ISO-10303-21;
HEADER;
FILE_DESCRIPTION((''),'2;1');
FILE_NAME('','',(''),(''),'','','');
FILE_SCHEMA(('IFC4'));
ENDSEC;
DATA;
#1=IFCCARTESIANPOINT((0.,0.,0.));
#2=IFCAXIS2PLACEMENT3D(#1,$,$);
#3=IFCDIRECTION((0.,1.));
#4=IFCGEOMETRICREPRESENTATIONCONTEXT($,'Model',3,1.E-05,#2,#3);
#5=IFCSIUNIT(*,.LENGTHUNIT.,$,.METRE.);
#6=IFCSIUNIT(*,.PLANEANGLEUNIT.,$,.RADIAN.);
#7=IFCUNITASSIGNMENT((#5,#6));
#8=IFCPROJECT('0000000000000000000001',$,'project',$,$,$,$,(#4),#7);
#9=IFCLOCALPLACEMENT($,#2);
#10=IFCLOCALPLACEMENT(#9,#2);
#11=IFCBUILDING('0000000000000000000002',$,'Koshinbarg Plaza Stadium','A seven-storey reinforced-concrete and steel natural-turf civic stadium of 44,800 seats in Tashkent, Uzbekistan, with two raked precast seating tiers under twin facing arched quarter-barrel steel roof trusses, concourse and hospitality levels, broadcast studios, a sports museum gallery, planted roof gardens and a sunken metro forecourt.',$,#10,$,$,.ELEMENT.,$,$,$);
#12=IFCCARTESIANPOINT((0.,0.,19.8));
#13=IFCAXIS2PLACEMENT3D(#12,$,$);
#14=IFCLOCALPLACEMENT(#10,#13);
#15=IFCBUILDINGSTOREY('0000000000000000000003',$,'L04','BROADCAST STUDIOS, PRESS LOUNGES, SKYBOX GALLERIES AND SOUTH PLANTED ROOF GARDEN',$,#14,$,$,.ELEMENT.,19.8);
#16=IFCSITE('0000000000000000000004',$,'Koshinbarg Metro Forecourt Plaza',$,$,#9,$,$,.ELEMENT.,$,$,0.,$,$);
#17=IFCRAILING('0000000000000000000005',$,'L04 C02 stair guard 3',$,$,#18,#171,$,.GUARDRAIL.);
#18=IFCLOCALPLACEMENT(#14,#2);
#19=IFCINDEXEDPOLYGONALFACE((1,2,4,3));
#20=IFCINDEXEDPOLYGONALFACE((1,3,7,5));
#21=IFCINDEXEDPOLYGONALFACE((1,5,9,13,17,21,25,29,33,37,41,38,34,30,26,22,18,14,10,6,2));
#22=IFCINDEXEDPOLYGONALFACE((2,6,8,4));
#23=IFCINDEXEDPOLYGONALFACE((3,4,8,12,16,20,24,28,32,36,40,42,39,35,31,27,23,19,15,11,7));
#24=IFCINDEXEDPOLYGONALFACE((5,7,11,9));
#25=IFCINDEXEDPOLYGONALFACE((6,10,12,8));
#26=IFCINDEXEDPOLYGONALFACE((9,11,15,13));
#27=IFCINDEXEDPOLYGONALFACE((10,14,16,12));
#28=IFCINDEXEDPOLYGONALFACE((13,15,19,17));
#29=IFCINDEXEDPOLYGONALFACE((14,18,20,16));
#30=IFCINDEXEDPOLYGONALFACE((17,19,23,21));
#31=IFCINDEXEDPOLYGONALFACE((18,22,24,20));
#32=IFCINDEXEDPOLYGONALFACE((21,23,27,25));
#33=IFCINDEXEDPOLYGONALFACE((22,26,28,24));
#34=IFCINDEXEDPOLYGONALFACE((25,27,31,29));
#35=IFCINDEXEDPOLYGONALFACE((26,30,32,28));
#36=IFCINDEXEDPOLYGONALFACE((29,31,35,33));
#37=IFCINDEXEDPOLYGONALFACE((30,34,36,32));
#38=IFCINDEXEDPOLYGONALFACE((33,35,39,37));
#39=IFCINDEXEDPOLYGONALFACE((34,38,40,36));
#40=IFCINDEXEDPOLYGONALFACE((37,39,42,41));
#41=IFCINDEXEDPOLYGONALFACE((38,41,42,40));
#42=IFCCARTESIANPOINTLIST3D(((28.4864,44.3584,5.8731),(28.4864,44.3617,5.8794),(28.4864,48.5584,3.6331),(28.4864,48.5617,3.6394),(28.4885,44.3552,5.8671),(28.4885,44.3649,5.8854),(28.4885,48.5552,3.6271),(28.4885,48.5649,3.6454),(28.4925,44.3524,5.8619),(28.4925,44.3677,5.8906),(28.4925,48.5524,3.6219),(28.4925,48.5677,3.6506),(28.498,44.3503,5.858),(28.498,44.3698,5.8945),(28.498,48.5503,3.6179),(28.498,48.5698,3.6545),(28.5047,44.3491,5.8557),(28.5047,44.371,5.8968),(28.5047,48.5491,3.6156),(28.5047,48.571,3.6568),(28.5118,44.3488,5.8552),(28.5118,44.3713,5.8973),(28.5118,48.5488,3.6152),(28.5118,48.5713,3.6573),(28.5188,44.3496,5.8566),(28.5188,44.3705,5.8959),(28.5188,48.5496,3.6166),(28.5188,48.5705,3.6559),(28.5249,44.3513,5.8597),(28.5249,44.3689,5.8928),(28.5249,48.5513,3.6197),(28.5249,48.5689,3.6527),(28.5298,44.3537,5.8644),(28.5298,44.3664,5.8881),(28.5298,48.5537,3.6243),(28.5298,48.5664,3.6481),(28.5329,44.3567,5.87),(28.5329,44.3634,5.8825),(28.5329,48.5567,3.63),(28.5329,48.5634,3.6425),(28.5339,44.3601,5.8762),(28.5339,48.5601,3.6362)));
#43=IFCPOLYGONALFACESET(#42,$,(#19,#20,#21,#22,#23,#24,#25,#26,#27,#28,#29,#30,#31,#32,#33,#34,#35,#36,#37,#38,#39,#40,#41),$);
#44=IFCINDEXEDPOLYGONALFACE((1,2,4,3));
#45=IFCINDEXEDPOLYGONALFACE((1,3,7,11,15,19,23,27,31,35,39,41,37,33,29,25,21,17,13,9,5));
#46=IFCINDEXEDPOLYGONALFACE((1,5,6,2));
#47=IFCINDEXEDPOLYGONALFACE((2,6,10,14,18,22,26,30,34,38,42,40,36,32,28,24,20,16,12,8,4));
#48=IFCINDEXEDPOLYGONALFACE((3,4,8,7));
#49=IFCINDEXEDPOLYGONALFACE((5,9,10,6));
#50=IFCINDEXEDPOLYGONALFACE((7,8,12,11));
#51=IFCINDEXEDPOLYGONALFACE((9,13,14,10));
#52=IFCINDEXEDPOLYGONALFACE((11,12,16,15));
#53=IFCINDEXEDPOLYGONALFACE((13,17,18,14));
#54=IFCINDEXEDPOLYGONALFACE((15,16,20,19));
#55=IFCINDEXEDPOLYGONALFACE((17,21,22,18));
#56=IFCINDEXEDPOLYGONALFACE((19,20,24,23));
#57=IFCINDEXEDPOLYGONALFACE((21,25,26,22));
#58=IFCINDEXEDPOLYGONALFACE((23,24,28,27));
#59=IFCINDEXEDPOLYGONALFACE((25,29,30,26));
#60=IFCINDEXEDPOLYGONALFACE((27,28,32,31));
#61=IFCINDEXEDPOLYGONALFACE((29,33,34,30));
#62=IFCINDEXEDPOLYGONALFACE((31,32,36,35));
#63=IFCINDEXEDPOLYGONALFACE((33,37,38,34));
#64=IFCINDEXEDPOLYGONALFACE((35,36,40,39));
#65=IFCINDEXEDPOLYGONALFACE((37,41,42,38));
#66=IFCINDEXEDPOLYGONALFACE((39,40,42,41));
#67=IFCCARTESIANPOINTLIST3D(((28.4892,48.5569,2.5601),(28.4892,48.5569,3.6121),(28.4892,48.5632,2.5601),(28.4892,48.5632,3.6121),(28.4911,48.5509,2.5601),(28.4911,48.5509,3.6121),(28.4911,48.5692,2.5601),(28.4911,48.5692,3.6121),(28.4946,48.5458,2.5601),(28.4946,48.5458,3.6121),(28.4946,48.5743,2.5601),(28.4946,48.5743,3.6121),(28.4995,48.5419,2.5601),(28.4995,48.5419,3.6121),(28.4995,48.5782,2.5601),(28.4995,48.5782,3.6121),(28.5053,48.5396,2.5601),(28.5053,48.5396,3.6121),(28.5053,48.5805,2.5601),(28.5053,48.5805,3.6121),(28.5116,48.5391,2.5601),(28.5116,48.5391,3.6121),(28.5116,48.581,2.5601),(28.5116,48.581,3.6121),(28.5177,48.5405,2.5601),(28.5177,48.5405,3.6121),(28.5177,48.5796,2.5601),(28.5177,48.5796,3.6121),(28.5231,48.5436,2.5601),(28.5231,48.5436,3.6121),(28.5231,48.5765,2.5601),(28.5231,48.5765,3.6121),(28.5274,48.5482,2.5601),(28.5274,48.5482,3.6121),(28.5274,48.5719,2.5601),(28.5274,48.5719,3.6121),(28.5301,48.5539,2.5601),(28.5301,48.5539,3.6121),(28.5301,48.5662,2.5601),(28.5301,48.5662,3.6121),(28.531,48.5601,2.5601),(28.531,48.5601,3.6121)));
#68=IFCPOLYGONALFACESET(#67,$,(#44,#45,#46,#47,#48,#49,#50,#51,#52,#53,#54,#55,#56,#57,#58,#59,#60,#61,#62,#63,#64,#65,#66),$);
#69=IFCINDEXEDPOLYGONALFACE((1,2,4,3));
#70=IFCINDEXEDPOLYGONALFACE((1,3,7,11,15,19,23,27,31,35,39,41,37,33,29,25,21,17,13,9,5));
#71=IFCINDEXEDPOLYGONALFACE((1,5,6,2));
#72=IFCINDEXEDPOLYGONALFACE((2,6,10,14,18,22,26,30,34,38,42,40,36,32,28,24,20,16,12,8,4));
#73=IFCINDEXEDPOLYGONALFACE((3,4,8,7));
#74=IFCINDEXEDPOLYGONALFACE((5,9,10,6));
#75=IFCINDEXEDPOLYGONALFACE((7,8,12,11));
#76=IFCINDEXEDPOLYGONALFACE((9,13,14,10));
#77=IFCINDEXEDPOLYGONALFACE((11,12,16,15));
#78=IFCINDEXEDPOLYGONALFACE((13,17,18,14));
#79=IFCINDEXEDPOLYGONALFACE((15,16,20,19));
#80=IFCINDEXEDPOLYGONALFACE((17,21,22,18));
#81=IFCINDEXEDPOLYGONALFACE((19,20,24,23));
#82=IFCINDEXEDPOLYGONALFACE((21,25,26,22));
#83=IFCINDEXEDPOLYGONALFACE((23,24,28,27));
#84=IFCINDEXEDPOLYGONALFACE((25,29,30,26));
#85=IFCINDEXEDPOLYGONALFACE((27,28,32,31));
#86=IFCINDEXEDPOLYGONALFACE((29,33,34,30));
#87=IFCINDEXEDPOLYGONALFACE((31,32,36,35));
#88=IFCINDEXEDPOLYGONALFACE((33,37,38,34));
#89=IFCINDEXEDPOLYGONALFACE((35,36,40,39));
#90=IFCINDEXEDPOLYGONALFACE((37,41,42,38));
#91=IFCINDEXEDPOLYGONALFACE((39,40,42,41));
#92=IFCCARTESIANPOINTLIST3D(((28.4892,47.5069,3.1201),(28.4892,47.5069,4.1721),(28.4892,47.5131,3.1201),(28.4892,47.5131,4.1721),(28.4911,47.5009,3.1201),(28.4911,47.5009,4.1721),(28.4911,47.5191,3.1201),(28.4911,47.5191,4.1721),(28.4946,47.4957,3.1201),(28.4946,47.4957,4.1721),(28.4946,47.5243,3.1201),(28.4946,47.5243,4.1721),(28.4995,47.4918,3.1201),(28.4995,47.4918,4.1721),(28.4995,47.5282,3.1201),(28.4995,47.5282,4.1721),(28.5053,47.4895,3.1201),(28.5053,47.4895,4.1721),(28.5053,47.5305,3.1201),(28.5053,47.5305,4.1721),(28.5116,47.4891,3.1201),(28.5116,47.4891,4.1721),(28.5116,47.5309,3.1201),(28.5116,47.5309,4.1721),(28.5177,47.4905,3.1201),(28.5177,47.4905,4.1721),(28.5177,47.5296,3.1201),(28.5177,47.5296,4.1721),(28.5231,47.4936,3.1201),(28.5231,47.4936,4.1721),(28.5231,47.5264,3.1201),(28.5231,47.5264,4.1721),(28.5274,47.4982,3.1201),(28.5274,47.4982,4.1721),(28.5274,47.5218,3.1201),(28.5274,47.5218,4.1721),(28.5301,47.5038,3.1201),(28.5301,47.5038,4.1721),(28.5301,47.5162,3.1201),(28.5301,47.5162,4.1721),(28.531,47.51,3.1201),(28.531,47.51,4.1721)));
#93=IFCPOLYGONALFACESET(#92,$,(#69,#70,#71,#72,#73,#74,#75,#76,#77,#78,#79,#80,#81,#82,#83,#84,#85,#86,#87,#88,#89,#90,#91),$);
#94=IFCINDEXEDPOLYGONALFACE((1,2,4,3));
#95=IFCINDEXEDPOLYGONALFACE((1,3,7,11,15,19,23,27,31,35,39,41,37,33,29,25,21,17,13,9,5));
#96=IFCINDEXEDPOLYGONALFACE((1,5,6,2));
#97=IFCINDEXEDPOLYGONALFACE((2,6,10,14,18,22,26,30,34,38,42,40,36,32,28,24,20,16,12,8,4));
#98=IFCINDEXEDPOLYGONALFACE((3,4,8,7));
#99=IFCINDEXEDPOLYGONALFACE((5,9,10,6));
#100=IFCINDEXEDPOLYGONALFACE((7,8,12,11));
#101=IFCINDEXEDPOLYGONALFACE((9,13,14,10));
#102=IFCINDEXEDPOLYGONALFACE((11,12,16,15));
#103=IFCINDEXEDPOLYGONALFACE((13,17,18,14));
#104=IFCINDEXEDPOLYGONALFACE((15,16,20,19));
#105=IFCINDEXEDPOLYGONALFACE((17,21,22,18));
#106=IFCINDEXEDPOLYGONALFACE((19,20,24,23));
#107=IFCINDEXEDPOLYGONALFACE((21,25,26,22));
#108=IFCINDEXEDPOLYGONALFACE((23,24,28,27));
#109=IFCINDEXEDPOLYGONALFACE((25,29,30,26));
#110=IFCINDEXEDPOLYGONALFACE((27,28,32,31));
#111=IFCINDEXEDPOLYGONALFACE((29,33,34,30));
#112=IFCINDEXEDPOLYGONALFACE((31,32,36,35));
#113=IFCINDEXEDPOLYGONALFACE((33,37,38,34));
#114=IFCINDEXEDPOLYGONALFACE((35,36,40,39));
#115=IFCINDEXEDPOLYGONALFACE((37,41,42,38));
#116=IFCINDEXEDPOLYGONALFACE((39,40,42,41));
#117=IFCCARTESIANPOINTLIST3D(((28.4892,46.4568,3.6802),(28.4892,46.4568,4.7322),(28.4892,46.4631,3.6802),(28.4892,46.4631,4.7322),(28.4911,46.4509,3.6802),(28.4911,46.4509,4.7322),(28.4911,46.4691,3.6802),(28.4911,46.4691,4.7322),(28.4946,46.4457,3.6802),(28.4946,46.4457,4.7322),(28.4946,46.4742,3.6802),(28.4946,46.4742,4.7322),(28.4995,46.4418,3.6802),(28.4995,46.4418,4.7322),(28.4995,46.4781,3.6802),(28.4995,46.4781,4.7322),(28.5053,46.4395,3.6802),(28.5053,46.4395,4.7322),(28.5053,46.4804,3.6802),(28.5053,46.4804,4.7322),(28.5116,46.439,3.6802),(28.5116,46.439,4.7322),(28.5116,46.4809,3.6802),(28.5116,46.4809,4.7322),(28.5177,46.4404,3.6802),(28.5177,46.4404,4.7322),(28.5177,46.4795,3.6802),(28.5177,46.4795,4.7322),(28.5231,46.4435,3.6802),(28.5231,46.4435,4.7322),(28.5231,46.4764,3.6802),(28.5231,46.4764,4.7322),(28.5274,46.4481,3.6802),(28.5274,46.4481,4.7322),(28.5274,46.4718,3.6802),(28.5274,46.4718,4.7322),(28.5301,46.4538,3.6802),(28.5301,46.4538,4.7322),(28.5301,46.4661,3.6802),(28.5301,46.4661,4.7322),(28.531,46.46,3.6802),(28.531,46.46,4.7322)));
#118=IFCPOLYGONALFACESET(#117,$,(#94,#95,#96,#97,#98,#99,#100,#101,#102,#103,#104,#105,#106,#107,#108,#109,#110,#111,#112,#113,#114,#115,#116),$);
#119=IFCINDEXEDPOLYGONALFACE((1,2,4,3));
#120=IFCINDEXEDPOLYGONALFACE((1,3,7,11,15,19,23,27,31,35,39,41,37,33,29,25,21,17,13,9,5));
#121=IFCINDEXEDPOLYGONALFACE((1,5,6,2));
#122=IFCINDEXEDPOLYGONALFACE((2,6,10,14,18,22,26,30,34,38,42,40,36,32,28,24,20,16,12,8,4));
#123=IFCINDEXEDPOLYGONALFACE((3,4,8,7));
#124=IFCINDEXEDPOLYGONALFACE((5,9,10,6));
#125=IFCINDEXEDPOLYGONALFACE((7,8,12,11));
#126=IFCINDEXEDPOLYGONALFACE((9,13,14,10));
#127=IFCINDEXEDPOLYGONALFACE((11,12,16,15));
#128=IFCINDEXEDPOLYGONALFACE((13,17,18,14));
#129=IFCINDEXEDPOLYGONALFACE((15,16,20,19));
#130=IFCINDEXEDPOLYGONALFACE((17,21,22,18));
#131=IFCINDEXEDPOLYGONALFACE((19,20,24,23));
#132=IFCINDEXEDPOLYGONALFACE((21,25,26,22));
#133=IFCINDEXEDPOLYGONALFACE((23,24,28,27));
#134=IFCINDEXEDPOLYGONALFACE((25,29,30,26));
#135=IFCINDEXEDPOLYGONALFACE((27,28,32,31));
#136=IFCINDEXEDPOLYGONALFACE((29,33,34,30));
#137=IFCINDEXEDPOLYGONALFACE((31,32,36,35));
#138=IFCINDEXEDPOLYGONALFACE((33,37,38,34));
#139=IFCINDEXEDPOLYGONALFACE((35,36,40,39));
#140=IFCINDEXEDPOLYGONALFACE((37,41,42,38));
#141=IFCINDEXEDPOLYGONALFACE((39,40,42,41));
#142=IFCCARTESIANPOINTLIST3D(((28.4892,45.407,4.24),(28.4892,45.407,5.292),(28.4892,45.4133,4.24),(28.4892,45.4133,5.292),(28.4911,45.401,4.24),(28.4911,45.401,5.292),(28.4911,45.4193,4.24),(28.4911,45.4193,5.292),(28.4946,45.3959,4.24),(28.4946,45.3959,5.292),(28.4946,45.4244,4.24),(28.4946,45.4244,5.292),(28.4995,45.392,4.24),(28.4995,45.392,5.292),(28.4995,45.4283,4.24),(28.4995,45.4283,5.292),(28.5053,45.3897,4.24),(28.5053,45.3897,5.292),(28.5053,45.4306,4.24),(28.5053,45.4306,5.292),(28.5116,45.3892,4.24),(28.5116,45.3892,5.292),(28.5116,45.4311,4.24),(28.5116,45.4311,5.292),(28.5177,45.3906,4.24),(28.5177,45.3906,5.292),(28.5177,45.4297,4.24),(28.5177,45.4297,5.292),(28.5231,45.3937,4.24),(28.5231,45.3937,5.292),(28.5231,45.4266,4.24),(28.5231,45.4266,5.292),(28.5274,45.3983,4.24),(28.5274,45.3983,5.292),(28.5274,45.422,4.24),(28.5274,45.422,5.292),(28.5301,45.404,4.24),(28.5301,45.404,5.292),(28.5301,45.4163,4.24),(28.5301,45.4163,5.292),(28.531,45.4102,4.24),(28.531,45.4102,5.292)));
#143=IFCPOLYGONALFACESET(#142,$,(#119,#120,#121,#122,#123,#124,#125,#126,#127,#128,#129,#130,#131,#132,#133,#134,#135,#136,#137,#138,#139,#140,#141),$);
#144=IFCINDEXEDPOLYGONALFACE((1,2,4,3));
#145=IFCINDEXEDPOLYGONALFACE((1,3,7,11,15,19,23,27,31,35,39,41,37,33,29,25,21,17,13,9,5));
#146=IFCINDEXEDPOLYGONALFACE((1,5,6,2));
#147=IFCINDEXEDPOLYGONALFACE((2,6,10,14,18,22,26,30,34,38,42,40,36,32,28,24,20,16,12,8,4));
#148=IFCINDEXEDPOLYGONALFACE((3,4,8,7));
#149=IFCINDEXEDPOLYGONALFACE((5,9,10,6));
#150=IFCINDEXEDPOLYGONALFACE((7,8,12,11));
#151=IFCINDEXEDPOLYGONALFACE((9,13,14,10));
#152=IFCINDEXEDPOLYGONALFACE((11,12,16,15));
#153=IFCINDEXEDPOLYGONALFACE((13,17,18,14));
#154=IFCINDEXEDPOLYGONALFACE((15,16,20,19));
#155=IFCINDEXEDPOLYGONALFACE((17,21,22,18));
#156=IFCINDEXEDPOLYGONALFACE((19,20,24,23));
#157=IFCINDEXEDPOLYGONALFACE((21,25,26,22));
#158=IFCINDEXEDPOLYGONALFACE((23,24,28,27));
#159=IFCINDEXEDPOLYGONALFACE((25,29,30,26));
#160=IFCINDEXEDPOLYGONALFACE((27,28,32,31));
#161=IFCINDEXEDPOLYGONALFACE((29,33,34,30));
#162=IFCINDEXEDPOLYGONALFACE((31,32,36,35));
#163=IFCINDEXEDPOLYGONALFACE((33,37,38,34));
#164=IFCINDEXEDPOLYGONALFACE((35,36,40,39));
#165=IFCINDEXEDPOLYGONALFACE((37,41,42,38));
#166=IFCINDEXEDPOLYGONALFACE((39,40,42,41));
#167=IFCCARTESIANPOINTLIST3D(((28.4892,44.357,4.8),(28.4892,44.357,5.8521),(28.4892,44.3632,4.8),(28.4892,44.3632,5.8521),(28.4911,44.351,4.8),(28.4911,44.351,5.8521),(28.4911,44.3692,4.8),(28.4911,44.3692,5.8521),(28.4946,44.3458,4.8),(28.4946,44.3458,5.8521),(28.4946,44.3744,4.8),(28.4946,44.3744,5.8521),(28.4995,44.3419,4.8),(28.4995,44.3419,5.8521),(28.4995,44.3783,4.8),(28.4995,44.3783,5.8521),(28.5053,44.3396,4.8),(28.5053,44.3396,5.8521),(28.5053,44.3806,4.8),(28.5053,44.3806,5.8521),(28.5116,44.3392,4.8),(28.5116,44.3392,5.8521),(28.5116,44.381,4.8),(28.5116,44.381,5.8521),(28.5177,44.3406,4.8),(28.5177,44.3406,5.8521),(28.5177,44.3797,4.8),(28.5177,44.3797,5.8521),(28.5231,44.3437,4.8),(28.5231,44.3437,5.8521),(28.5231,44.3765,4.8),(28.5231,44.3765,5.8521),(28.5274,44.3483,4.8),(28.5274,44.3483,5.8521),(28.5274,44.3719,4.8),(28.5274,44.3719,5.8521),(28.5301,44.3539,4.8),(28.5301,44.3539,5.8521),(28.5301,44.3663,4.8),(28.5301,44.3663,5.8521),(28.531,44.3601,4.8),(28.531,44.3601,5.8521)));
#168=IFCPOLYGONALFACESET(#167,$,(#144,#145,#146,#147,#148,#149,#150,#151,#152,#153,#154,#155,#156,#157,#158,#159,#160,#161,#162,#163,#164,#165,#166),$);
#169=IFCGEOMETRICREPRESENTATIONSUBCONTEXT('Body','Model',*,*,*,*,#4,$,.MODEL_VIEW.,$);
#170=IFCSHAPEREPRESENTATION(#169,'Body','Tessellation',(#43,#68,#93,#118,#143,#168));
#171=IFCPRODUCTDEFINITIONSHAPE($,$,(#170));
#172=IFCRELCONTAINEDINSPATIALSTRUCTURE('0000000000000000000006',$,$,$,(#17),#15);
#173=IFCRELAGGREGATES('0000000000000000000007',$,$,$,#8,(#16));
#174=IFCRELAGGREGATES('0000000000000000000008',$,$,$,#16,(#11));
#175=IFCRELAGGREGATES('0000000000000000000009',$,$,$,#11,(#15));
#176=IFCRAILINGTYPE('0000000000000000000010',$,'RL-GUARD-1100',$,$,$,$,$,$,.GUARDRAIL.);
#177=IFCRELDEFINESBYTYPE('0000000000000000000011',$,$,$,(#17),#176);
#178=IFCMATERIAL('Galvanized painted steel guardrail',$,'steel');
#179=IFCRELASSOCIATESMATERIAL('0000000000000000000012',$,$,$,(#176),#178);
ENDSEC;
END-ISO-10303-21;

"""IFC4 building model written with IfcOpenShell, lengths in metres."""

from ifc_helpers import new_model, si_unit, direction, frame, origin, origin_2d, place, context, subcontext, project, spatial, circle, extrude, material, type_object, element, save


model = new_model("IFC4")

# Units and contexts
model_context = context("Model", 3, precision=1e-05, world=origin(), true_north=direction((0.0, 1.0)))
body_context = subcontext(model_context, "Body", "Model", "MODEL_VIEW")
ifc_project = project(units=[si_unit("LENGTHUNIT", "METRE"), si_unit("PLANEANGLEUNIT", "RADIAN")], contexts=[model_context])

# Site, building, storey
site_placement = place(None, origin())
site = spatial("IfcSite", under=ifc_project, at=site_placement, Name="Koshinbarg Metro Forecourt Plaza", CompositionType="ELEMENT", RefElevation=0.0)
building_placement = place(site_placement, origin())
building = spatial("IfcBuilding", under=site, at=building_placement, Name="Koshinbarg Plaza Stadium", Description="A seven-storey reinforced-concrete and steel natural-turf civic stadium of 44,800 seats in Tashkent, Uzbekistan, with two raked precast seating tiers under twin facing arched quarter-barrel steel roof trusses, concourse and hospitality levels, broadcast studios, a sports museum gallery, planted roof gardens and a sunken metro forecourt.", CompositionType="ELEMENT")
storey_placement = place(building_placement, frame((0.0, 0.0, 19.8)))
storey = spatial("IfcBuildingStorey", under=building, at=storey_placement, Name="L04", Description="BROADCAST STUDIOS, PRESS LOUNGES, SKYBOX GALLERIES AND SOUTH PLANTED ROOF GARDEN", CompositionType="ELEMENT", Elevation=19.8)

# Railing
ifc_material_1 = material(Name="Galvanized painted steel guardrail", Category="steel")
railing_type_1 = type_object("IfcRailingType", Name="RL-GUARD-1100", PredefinedType="GUARDRAIL", material=ifc_material_1)
railing_1_placement = place(storey_placement, frame((28.51, 48.5601, 2.5601)))
element("IfcRailing", 1, at=railing_1_placement, inside=storey, type_object=railing_type_1, Name="L04 C02 stair guard 3", PredefinedType="GUARDRAIL", context=body_context, shape_type="SweptSolid", body=[
    extrude(circle(Radius=0.0239, at=origin_2d()), frame((0.0, 0.0, 1.0762), z_axis=(0.0, -0.882352, 0.470591), x_axis=(1.0, 0.0, 0.0)), (0.0, 0.0, 1.0), 4.76),
    extrude(circle(Radius=0.021, at=origin_2d()), origin(), (0.0, 0.0, 1.0), 1.052),
    extrude(circle(Radius=0.021, at=origin_2d()), frame((0.0, -1.05, 0.5601)), (0.0, 0.0, 1.0), 1.052),
    extrude(circle(Radius=0.021, at=origin_2d()), frame((0.0, -2.1001, 1.1201)), (0.0, 0.0, 1.0), 1.052),
    extrude(circle(Radius=0.021, at=origin_2d()), frame((0.0, -3.1499, 1.6799)), (0.0, 0.0, 1.0), 1.052),
    extrude(circle(Radius=0.021, at=origin_2d()), frame((0.0, -4.2, 2.24)), (0.0, 0.0, 1.0), 1.052),
])

save(model, "model.ifc")
